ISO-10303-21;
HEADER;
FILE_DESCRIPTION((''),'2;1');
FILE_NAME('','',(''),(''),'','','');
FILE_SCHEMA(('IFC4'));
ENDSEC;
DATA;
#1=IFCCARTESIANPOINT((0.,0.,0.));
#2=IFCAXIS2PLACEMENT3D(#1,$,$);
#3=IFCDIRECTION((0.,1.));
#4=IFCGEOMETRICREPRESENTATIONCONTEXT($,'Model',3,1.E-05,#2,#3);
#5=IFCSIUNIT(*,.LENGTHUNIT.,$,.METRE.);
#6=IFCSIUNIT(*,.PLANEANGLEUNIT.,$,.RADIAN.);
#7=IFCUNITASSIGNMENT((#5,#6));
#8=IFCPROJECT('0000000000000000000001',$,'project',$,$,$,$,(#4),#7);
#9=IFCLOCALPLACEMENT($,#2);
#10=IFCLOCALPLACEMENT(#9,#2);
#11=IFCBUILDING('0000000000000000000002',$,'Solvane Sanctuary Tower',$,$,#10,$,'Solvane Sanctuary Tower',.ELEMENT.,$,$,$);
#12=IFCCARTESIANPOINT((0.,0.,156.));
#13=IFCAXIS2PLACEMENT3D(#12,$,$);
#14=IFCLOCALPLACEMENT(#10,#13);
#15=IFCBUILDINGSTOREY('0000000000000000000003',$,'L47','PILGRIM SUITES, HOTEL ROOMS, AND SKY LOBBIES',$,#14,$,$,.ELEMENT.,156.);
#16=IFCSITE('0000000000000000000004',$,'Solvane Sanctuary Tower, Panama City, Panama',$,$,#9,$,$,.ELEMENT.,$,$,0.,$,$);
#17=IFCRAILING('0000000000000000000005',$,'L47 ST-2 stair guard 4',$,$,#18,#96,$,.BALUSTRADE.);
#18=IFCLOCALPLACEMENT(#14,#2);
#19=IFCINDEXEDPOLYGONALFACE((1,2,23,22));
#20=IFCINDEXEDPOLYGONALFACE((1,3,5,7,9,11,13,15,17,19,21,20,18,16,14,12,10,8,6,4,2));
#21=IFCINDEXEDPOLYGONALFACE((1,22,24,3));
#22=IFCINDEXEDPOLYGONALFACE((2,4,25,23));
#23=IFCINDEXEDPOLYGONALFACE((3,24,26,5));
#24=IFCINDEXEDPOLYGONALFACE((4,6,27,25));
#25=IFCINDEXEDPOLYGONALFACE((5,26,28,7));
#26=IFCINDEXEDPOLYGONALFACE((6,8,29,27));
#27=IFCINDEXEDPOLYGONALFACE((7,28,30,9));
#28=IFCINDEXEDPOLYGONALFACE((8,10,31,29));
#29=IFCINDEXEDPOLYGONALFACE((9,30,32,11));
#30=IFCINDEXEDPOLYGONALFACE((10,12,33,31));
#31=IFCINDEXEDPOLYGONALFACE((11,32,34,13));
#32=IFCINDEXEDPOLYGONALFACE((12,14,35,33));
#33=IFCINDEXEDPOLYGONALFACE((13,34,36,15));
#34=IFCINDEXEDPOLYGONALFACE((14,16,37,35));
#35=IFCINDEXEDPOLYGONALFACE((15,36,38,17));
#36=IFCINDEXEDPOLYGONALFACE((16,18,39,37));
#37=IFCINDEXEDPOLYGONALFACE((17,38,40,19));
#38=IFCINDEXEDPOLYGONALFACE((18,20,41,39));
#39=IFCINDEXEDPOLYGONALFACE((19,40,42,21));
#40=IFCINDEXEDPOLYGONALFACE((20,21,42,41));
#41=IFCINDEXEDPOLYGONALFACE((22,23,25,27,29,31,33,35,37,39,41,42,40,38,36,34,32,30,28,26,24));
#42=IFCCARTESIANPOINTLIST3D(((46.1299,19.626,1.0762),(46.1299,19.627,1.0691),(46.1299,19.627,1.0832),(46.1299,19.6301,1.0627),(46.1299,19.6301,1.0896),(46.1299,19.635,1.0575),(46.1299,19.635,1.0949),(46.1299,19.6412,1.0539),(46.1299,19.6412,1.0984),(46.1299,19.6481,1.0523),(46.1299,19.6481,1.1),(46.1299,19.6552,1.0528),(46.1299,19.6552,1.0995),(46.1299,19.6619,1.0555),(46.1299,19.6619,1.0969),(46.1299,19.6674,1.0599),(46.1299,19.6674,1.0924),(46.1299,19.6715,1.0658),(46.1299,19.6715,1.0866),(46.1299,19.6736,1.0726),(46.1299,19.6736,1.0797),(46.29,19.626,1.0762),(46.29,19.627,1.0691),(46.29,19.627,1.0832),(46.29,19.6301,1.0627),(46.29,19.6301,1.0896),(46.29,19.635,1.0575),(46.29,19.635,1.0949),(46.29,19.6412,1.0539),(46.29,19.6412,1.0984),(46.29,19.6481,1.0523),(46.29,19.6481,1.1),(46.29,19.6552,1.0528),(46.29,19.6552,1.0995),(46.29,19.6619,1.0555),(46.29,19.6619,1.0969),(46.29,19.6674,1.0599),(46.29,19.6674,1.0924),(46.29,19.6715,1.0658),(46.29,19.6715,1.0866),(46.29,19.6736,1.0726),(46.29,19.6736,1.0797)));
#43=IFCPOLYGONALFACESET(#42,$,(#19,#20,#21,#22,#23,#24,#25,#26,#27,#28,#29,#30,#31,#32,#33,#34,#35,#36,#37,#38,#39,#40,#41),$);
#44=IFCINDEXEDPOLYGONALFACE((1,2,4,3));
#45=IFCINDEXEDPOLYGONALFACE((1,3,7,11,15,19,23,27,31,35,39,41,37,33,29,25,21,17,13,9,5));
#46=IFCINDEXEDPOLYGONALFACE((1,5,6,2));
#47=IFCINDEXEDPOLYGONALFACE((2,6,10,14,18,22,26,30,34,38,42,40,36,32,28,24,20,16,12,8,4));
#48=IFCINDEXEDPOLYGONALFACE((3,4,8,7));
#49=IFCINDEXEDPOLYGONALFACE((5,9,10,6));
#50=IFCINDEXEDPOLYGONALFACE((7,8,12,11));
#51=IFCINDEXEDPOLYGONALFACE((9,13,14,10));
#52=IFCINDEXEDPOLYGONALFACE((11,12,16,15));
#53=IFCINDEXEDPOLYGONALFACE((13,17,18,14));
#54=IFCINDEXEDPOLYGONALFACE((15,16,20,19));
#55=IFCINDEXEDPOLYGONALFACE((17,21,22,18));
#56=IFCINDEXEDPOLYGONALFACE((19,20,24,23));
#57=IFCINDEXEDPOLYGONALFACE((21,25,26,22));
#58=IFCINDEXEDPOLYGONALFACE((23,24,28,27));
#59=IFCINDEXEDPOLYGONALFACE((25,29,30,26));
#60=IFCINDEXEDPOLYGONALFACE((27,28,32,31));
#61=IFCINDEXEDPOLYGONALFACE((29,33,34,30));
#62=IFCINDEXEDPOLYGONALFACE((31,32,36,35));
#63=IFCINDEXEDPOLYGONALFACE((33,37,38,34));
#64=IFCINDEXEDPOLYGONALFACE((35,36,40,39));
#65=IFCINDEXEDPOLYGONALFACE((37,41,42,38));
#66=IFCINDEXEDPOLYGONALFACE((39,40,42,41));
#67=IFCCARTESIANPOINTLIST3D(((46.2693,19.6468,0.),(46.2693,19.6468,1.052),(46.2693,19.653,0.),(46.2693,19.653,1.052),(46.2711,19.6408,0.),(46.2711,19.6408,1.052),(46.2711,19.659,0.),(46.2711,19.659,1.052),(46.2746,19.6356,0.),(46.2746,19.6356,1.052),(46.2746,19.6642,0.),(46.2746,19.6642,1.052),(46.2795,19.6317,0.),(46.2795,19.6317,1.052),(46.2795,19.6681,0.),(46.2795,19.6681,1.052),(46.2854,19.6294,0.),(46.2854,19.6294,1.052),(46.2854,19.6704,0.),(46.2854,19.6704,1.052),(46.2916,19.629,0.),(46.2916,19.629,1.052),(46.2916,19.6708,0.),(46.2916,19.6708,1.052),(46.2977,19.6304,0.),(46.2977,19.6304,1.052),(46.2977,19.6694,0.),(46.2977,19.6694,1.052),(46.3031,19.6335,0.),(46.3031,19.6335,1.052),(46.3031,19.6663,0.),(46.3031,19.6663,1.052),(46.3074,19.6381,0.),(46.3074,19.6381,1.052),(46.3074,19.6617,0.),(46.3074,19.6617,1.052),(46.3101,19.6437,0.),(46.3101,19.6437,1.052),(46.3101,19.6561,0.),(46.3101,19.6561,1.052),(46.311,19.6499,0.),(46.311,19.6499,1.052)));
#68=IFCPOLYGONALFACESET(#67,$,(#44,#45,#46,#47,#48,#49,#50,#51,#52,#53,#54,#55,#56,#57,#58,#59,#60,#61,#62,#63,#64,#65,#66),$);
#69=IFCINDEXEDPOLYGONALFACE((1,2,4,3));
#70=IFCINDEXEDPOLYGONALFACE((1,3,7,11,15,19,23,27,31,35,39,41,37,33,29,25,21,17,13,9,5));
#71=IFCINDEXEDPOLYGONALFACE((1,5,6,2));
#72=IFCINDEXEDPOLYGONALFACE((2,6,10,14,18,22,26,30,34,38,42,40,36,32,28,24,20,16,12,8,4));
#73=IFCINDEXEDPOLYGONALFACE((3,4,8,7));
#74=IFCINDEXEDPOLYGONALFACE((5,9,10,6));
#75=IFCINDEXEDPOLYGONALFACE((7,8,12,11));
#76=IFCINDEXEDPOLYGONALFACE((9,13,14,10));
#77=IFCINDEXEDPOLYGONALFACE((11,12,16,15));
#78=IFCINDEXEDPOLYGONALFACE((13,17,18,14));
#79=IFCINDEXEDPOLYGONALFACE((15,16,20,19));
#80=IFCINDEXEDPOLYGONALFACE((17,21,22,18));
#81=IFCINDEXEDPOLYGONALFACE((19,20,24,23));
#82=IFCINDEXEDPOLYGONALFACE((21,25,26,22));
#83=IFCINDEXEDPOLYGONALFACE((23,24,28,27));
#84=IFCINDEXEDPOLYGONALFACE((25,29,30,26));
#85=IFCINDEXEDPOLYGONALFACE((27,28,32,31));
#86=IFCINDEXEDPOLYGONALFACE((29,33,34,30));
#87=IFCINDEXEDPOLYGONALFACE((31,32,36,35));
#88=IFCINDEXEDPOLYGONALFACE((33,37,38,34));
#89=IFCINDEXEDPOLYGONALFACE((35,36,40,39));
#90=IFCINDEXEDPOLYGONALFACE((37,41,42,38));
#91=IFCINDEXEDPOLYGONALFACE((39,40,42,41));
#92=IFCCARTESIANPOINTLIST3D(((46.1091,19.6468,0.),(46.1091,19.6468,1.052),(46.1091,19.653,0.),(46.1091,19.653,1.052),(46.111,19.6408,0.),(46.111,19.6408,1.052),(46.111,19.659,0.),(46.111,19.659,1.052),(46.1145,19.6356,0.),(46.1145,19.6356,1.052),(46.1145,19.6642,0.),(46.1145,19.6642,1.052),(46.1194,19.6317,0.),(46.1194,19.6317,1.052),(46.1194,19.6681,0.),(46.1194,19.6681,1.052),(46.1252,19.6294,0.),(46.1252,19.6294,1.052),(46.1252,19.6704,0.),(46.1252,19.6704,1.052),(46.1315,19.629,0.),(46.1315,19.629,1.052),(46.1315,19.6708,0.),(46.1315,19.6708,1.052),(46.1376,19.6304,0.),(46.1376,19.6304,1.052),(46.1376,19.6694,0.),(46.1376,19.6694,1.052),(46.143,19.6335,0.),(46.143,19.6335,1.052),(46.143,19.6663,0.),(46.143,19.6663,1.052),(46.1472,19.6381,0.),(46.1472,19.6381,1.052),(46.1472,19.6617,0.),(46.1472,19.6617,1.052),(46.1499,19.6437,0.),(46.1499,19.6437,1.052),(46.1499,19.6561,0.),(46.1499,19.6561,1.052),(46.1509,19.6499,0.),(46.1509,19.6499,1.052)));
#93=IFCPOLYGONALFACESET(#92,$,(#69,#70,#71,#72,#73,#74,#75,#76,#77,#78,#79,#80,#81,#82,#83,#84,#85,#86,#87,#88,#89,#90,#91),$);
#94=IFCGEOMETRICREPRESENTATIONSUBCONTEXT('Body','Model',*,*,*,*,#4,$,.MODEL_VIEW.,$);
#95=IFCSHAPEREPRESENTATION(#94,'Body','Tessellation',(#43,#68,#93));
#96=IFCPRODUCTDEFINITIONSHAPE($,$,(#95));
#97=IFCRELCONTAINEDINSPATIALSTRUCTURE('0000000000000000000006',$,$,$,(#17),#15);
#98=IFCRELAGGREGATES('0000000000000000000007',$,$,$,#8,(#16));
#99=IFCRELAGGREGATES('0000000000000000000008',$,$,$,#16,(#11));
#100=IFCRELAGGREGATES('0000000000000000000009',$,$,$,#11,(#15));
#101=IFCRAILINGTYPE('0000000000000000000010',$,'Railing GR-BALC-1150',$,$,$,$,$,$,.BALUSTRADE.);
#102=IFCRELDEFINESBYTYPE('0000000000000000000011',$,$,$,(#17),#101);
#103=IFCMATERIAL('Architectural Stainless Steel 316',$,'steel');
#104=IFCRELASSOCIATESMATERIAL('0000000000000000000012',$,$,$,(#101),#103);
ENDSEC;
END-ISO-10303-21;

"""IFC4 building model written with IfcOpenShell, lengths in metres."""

from ifc_helpers import new_model, si_unit, direction, frame, origin, origin_2d, place, context, subcontext, project, spatial, circle, extrude, material, type_object, element, save


model = new_model("IFC4")

# Units and contexts
model_context = context("Model", 3, precision=1e-05, world=origin(), true_north=direction((0.0, 1.0)))
body_context = subcontext(model_context, "Body", "Model", "MODEL_VIEW")
ifc_project = project(units=[si_unit("LENGTHUNIT", "METRE"), si_unit("PLANEANGLEUNIT", "RADIAN")], contexts=[model_context])

# Site, building, storey
site_placement = place(None, origin())
site = spatial("IfcSite", under=ifc_project, at=site_placement, Name="Solvane Sanctuary Tower, Panama City, Panama", CompositionType="ELEMENT", RefElevation=0.0)
building_placement = place(site_placement, origin())
building = spatial("IfcBuilding", under=site, at=building_placement, Name="Solvane Sanctuary Tower", LongName="Solvane Sanctuary Tower", CompositionType="ELEMENT")
storey_placement = place(building_placement, frame((0.0, 0.0, 156.0)))
storey = spatial("IfcBuildingStorey", under=building, at=storey_placement, Name="L47", Description="PILGRIM SUITES, HOTEL ROOMS, AND SKY LOBBIES", CompositionType="ELEMENT", Elevation=156.0)

# Shared definitions
ifc_material_1 = material(Name="Architectural Stainless Steel 316", Category="steel")

# Railing
railing_type_1 = type_object("IfcRailingType", Name="Railing GR-BALC-1150", PredefinedType="BALUSTRADE", material=ifc_material_1)
railing_1_placement = place(storey_placement, frame((46.29, 19.6499, 0.0)))
element("IfcRailing", 1, at=railing_1_placement, inside=storey, type_object=railing_type_1, Name="L47 ST-2 stair guard 4", PredefinedType="BALUSTRADE", context=body_context, shape_type="SweptSolid", body=[
    extrude(circle(Radius=0.0239, at=origin_2d()), frame((0.0, 0.0, 1.0762), z_axis=(-1.0, 0.0, 0.0), x_axis=(0.0, -1.0, 0.0)), (0.0, 0.0, 1.0), 0.1602),
    extrude(circle(Radius=0.021, at=origin_2d()), origin(), (0.0, 0.0, 1.0), 1.052),
    extrude(circle(Radius=0.021, at=origin_2d()), frame((-0.1602, 0.0, 0.0)), (0.0, 0.0, 1.0), 1.052),
])

save(model, "model.ifc")
